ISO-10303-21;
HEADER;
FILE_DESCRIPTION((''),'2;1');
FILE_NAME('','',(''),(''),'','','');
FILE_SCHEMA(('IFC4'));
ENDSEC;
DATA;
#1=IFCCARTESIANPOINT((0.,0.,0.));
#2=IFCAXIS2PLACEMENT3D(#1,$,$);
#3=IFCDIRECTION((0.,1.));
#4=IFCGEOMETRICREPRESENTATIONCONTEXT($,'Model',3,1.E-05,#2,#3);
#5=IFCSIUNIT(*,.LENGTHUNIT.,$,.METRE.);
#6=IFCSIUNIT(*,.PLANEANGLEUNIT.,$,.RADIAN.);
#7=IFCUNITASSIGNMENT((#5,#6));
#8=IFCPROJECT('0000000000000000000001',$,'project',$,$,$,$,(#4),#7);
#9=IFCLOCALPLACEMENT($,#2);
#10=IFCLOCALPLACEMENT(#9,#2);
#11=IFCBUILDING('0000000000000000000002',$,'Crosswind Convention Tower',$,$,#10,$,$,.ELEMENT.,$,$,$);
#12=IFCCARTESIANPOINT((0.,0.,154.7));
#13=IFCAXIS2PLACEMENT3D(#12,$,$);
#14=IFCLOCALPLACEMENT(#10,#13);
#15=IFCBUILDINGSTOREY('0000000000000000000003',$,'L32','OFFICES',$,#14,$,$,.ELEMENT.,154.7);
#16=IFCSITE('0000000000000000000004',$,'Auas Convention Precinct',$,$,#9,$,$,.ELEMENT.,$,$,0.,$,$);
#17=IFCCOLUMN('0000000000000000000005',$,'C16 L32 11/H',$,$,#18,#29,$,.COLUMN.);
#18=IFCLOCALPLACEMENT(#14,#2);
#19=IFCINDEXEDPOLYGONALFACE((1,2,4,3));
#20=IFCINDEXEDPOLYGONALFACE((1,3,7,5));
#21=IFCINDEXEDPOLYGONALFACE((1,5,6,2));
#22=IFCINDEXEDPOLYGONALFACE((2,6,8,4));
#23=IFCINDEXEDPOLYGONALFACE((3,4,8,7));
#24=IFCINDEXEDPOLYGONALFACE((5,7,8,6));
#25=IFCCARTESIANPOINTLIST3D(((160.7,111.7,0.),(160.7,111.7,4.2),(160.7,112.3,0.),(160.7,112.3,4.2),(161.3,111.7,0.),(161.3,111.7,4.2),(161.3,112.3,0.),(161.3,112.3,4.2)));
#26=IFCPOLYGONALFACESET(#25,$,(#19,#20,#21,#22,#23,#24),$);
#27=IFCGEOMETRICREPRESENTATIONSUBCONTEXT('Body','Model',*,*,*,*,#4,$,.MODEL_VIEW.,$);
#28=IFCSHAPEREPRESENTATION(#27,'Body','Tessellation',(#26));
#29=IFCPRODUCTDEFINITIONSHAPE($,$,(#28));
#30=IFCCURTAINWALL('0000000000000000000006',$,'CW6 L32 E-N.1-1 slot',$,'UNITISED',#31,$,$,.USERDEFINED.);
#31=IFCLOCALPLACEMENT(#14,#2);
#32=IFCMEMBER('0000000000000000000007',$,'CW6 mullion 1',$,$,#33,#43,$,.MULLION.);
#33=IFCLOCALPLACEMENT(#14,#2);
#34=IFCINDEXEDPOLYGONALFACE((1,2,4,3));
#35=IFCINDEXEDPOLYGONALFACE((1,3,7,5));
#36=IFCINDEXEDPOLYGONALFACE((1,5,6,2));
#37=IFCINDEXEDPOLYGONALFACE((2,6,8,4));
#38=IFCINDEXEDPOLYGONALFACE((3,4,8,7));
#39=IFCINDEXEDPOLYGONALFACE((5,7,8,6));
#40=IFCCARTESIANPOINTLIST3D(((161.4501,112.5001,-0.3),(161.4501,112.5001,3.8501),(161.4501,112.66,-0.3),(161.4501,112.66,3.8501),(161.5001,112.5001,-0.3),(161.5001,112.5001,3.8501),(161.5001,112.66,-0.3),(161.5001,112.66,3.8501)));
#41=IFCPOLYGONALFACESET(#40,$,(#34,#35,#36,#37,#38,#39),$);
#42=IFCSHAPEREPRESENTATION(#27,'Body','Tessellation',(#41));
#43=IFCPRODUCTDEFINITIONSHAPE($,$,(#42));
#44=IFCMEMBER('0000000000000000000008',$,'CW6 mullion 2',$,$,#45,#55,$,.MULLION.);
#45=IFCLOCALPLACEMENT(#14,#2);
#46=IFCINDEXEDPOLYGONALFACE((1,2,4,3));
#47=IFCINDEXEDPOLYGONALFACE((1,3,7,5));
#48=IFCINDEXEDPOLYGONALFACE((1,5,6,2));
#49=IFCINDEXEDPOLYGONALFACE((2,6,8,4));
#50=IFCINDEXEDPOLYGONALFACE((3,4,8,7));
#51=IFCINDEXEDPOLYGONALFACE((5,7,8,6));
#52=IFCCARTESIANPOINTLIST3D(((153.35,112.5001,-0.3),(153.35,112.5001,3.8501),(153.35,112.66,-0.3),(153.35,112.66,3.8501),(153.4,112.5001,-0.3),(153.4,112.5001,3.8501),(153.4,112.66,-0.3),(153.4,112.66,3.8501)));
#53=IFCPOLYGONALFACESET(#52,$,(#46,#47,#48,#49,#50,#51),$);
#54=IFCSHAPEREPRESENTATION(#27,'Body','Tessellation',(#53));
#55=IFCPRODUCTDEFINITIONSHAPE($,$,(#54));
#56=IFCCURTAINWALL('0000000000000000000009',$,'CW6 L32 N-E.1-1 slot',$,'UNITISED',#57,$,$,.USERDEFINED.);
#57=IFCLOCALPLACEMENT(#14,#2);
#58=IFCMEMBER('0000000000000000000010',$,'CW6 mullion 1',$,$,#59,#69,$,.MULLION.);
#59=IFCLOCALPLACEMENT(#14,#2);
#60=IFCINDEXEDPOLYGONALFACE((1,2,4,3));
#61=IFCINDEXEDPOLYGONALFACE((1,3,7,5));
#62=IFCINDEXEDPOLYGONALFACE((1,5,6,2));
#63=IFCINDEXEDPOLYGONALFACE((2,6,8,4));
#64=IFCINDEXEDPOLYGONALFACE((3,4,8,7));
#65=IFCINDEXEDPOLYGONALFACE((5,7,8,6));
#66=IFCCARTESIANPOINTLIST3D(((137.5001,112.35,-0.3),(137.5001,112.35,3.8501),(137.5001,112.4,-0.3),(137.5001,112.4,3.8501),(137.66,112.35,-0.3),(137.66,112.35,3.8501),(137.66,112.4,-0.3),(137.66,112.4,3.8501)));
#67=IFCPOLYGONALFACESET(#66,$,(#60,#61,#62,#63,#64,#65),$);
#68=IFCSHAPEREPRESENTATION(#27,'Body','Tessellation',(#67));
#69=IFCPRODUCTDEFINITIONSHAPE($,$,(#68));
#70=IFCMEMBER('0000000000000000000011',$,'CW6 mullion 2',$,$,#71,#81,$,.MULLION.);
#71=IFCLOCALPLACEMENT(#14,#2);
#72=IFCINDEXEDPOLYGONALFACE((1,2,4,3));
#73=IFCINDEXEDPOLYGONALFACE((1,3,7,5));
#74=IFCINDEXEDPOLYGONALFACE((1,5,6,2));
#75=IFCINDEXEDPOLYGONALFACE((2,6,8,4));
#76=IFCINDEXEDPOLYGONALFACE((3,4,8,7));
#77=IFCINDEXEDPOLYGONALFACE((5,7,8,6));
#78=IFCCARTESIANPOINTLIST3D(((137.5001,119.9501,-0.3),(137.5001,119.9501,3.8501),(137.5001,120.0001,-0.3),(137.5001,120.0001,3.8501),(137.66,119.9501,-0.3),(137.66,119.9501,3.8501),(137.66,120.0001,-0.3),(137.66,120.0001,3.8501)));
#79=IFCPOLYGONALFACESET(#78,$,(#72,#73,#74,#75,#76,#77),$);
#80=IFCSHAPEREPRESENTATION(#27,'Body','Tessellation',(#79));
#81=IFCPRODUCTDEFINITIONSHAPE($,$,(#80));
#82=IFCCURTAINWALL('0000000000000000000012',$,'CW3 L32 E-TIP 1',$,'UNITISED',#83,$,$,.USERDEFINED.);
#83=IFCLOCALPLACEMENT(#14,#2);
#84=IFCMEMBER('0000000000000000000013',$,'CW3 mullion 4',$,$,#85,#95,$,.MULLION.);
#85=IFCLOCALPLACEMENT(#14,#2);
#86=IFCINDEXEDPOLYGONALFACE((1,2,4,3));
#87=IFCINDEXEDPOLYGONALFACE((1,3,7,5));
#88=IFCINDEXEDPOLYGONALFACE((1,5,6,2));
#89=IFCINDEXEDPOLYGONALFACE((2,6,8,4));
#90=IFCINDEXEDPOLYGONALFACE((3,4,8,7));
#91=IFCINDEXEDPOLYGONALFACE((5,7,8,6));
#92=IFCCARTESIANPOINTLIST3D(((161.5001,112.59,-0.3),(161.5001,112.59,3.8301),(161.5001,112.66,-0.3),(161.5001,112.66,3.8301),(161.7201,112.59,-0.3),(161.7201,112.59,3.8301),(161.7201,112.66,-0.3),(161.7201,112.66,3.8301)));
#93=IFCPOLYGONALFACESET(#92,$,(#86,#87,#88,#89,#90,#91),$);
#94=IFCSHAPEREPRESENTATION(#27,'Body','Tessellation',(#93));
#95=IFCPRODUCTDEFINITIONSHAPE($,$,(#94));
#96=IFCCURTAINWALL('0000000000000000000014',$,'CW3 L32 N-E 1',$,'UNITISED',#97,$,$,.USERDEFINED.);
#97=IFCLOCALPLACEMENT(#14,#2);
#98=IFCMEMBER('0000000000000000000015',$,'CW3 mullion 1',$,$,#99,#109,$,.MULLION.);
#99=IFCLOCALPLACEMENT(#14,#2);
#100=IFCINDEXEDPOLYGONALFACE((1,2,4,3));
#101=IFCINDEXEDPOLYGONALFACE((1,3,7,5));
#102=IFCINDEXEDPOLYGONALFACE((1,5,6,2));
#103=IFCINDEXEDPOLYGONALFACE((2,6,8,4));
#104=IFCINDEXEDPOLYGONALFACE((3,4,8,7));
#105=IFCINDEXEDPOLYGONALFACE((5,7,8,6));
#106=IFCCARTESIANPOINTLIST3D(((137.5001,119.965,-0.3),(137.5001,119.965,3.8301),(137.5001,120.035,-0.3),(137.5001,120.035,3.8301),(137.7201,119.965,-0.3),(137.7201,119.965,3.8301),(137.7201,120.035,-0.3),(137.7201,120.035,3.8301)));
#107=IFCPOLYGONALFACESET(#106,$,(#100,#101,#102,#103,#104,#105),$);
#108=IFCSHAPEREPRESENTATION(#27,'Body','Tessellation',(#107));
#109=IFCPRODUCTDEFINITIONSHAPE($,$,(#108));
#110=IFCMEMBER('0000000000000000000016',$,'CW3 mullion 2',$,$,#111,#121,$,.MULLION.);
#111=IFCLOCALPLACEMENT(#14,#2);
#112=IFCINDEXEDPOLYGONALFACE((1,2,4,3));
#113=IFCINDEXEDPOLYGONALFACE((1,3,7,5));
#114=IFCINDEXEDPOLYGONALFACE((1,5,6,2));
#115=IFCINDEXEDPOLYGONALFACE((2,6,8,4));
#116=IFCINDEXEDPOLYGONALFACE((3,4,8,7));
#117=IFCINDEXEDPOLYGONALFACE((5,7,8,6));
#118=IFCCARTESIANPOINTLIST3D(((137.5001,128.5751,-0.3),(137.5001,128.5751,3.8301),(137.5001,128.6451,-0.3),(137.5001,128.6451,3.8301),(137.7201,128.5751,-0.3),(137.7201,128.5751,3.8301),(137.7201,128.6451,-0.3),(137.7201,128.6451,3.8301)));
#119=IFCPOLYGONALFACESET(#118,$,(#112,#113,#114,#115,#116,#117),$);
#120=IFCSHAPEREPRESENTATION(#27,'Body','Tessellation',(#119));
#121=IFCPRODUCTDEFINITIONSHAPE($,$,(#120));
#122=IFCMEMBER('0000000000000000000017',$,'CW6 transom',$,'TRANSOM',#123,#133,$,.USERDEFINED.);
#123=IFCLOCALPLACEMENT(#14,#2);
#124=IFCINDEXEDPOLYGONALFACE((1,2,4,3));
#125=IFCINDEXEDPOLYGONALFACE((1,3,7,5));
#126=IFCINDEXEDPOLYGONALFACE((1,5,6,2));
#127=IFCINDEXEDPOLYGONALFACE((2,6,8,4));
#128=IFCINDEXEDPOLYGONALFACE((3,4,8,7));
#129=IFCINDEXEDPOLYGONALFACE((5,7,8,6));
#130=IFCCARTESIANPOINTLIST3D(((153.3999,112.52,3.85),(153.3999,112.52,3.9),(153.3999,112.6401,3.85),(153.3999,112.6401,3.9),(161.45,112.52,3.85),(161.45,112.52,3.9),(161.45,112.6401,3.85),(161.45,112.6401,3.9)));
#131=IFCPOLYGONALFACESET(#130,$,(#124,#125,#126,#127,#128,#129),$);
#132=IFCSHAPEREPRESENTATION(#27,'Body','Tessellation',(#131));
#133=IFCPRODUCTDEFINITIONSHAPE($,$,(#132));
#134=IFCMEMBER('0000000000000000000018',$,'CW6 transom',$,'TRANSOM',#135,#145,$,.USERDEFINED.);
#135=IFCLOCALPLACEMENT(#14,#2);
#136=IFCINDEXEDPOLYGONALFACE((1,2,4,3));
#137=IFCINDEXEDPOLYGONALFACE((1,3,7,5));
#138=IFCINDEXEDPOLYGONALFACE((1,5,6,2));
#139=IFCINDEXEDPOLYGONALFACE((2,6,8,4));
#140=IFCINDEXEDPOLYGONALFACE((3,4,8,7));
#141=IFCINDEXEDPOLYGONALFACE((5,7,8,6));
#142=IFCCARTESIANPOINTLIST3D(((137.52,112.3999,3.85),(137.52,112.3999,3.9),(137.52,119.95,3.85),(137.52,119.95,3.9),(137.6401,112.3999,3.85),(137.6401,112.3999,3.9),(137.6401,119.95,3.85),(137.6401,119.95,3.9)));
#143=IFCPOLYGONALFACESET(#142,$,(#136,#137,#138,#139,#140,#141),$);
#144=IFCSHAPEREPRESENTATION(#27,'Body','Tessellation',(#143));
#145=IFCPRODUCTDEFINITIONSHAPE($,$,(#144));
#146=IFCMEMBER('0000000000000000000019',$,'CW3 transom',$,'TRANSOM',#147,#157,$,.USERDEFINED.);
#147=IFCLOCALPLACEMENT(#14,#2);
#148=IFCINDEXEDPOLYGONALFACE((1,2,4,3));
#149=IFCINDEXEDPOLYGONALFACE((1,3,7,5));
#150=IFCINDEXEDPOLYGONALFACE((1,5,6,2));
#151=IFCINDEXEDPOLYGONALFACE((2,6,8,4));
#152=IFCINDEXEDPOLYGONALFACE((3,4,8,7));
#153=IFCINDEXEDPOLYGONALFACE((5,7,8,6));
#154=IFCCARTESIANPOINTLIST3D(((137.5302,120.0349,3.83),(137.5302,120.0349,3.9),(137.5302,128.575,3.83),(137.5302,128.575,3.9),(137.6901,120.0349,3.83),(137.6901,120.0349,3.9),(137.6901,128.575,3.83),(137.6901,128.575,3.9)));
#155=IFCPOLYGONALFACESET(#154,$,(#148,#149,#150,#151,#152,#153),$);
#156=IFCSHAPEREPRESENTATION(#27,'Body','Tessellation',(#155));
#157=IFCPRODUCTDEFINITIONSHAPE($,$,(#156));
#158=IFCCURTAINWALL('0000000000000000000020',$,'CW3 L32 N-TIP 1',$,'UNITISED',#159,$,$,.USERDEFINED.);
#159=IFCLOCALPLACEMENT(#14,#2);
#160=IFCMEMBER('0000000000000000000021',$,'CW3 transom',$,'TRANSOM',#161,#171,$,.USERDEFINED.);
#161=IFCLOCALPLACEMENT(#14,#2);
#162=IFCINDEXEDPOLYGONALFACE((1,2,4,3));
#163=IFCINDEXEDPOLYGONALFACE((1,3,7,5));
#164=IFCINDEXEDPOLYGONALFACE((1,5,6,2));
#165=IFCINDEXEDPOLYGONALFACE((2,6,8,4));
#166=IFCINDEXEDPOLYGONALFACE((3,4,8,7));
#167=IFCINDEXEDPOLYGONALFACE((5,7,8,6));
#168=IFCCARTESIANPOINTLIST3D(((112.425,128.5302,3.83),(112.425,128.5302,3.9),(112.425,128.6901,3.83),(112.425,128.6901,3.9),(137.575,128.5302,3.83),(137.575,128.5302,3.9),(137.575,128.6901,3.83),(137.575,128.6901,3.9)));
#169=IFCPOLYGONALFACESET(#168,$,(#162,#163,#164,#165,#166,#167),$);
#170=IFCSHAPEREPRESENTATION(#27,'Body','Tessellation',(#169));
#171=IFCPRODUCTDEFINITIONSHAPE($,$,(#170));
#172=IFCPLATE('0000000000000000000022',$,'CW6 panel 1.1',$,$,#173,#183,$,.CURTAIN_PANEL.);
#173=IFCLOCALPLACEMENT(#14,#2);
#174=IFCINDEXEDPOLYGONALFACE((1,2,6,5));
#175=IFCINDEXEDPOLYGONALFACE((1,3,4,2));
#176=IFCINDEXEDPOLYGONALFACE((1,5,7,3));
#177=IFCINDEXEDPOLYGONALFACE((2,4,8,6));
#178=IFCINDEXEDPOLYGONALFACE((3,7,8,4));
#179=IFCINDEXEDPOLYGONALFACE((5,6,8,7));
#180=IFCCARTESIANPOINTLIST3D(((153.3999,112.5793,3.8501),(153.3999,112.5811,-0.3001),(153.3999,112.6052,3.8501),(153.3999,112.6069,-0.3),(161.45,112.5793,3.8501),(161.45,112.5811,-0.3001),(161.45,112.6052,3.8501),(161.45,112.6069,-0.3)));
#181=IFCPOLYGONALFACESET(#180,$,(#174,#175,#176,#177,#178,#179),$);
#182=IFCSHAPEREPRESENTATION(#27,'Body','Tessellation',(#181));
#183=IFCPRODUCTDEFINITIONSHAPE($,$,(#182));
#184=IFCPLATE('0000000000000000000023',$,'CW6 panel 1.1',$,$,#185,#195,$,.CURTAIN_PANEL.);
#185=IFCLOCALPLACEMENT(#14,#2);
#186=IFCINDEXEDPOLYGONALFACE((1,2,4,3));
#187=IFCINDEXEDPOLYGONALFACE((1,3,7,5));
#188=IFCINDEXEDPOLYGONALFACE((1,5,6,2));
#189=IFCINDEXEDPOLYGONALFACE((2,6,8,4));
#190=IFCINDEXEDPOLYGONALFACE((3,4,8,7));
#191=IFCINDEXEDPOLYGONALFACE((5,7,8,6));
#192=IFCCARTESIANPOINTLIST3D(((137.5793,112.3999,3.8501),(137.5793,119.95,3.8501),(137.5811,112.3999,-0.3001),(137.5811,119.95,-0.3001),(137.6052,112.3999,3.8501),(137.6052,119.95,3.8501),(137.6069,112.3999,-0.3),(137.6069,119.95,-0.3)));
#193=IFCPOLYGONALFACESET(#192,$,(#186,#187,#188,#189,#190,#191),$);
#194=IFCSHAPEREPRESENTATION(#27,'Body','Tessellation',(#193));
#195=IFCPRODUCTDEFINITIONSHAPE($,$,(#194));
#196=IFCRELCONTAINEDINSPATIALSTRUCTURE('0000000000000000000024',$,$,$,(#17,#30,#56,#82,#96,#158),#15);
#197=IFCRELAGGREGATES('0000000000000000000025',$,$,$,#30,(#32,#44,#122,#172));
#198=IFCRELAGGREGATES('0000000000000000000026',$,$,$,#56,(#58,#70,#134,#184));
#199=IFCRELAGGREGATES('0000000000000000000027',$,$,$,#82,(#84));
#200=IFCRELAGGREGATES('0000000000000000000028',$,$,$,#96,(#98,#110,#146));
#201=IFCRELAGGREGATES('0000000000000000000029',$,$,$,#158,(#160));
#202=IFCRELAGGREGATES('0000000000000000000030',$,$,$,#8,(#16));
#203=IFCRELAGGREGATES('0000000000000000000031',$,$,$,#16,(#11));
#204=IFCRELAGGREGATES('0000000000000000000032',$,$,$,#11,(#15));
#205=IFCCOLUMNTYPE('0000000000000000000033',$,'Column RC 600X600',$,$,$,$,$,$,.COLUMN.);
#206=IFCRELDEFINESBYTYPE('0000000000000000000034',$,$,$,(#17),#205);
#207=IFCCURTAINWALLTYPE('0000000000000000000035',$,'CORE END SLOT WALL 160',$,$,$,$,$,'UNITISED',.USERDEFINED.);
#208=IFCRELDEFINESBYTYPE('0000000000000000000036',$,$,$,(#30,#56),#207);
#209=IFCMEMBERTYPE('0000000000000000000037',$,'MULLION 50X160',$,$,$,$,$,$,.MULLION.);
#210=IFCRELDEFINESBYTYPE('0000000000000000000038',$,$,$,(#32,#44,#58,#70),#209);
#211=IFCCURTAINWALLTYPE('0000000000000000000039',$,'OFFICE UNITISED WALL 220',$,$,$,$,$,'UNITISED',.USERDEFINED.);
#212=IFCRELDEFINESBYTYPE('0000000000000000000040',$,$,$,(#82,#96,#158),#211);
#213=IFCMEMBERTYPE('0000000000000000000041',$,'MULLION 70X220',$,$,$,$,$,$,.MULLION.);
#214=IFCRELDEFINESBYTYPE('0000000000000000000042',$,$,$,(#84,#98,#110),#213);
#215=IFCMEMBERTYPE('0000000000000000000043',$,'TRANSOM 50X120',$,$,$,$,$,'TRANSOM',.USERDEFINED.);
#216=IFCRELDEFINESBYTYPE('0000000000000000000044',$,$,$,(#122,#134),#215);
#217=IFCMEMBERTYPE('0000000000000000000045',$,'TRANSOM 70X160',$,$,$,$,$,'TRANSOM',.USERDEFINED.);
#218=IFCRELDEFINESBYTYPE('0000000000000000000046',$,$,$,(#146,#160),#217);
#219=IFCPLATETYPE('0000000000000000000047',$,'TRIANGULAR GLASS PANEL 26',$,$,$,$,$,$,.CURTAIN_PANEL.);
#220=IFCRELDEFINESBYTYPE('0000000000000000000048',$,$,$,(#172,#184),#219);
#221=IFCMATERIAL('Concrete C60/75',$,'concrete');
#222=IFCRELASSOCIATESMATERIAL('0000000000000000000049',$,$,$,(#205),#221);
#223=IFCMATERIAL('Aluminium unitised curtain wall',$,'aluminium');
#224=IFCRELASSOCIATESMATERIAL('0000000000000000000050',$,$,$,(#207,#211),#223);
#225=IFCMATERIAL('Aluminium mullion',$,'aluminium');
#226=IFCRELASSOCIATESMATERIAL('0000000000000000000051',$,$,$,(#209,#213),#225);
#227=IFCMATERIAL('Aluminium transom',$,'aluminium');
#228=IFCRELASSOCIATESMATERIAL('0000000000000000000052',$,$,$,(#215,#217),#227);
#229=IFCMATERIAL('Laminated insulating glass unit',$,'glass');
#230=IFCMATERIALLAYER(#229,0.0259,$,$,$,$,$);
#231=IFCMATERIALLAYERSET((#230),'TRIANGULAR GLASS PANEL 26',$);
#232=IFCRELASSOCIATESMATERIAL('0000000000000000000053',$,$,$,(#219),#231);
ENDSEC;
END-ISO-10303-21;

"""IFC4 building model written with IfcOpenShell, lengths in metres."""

from ifc_helpers import new_model, si_unit, direction, frame, origin, origin_2d, place, context, subcontext, project, spatial, polyline, rectangle, outline, extrude, material, layer, layer_set, material_profile, profile_set, type_object, element, aggregate, save


model = new_model("IFC4")

# Units and contexts
model_context = context("Model", 3, precision=1e-05, world=origin(), true_north=direction((0.0, 1.0)))
body_context = subcontext(model_context, "Body", "Model", "MODEL_VIEW")
ifc_project = project(units=[si_unit("LENGTHUNIT", "METRE"), si_unit("PLANEANGLEUNIT", "RADIAN")], contexts=[model_context])

# Site, building, storey
site_placement = place(None, origin())
site = spatial("IfcSite", under=ifc_project, at=site_placement, Name="Auas Convention Precinct", CompositionType="ELEMENT", RefElevation=0.0)
building_placement = place(site_placement, origin())
building = spatial("IfcBuilding", under=site, at=building_placement, Name="Crosswind Convention Tower", CompositionType="ELEMENT")
storey_placement = place(building_placement, frame((0.0, 0.0, 154.7)))
storey = spatial("IfcBuildingStorey", under=building, at=storey_placement, Name="L32", Description="OFFICES", CompositionType="ELEMENT", Elevation=154.7)

# Column
ifc_material_1 = material(Name="Concrete C60/75", Category="concrete")
ifc_material_profile_1 = material_profile(ifc_material_1, rectangle(XDim=0.6001, YDim=0.6001, at=origin_2d()), Name="RC 600X600")
ifc_profile_set_1 = profile_set([ifc_material_profile_1], Name="Concrete C60/75")
column_type = type_object("IfcColumnType", Name="Column RC 600X600", PredefinedType="COLUMN", material=ifc_profile_set_1)
column_placement = place(storey_placement, frame((161.0, 112.0, 0.0), z_axis=(0.0, 0.0, 1.0), x_axis=(1.0, 0.0, 0.0)))
element("IfcColumn", 1, at=column_placement, inside=storey, type_object=column_type, Name="C16 L32 11/H", PredefinedType="COLUMN", context=body_context, shape_type="SweptSolid", body=[
    extrude(rectangle(XDim=0.6001, YDim=0.6001, at=origin_2d()), origin(), (0.0, 0.0, 1.0), 4.2),
])

# Curtain walls, members
ifc_material_2 = material(Name="Aluminium unitised curtain wall", Category="aluminium")
curtain_wall_type_1 = type_object("IfcCurtainWallType", Name="CORE END SLOT WALL 160", ElementType="UNITISED", PredefinedType="USERDEFINED", material=ifc_material_2)
curtain_wall_1_placement = place(storey_placement, origin())
curtain_wall_1 = element("IfcCurtainWall", 2, at=curtain_wall_1_placement, inside=storey, type_object=curtain_wall_type_1, Name="CW6 L32 E-N.1-1 slot", ObjectType="UNITISED", PredefinedType="USERDEFINED")
ifc_material_3 = material(Name="Aluminium mullion", Category="aluminium")
ifc_material_profile_2 = material_profile(ifc_material_3, rectangle(XDim=0.1599, YDim=0.05, at=origin_2d()), Name="AL 160X50")
ifc_profile_set_2 = profile_set([ifc_material_profile_2], Name="Aluminium mullion")
member_type_1 = type_object("IfcMemberType", Name="MULLION 50X160", PredefinedType="MULLION", material=ifc_profile_set_2)
member_1_placement = place(storey_placement, frame((161.4751, 112.5801, -0.3), z_axis=(0.0, 0.0, 1.0), x_axis=(0.0, 1.0, 0.0)))
member_1 = element("IfcMember", 3, at=member_1_placement, type_object=member_type_1, Name="CW6 mullion 1", PredefinedType="MULLION", context=body_context, shape_type="SweptSolid", body=[
    extrude(rectangle(XDim=0.1599, YDim=0.05, at=origin_2d()), origin(), (0.0, 0.0, 1.0), 4.1501),
])
member_2_placement = place(storey_placement, frame((153.375, 112.5801, -0.3), z_axis=(0.0, 0.0, 1.0), x_axis=(0.0, 1.0, 0.0)))
member_2 = element("IfcMember", 4, at=member_2_placement, type_object=member_type_1, Name="CW6 mullion 2", PredefinedType="MULLION", context=body_context, shape_type="SweptSolid", body=[
    extrude(rectangle(XDim=0.1599, YDim=0.05, at=origin_2d()), origin(), (0.0, 0.0, 1.0), 4.1501),
])
curtain_wall_2_placement = place(storey_placement, origin())
curtain_wall_2 = element("IfcCurtainWall", 5, at=curtain_wall_2_placement, inside=storey, type_object=curtain_wall_type_1, Name="CW6 L32 N-E.1-1 slot", ObjectType="UNITISED", PredefinedType="USERDEFINED")
member_3_placement = place(storey_placement, frame((137.5801, 112.375, -0.3), z_axis=(0.0, 0.0, 1.0), x_axis=(1.0, 0.0, 0.0)))
member_3 = element("IfcMember", 6, at=member_3_placement, type_object=member_type_1, Name="CW6 mullion 1", PredefinedType="MULLION", context=body_context, shape_type="SweptSolid", body=[
    extrude(rectangle(XDim=0.1599, YDim=0.05, at=origin_2d()), origin(), (0.0, 0.0, 1.0), 4.1501),
])
member_4_placement = place(storey_placement, frame((137.5801, 119.9751, -0.3), z_axis=(0.0, 0.0, 1.0), x_axis=(1.0, 0.0, 0.0)))
member_4 = element("IfcMember", 7, at=member_4_placement, type_object=member_type_1, Name="CW6 mullion 2", PredefinedType="MULLION", context=body_context, shape_type="SweptSolid", body=[
    extrude(rectangle(XDim=0.1599, YDim=0.05, at=origin_2d()), origin(), (0.0, 0.0, 1.0), 4.1501),
])

# Curtain wall, member
curtain_wall_type_2 = type_object("IfcCurtainWallType", Name="OFFICE UNITISED WALL 220", ElementType="UNITISED", PredefinedType="USERDEFINED", material=ifc_material_2)
curtain_wall_3_placement = place(storey_placement, origin())
curtain_wall_3 = element("IfcCurtainWall", 8, at=curtain_wall_3_placement, inside=storey, type_object=curtain_wall_type_2, Name="CW3 L32 E-TIP 1", ObjectType="UNITISED", PredefinedType="USERDEFINED")
ifc_material_profile_3 = material_profile(ifc_material_3, rectangle(XDim=0.22, YDim=0.0701, at=origin_2d()), Name="AL 220X70")
ifc_profile_set_3 = profile_set([ifc_material_profile_3], Name="Aluminium mullion")
member_type_2 = type_object("IfcMemberType", Name="MULLION 70X220", PredefinedType="MULLION", material=ifc_profile_set_3)
member_5_placement = place(storey_placement, frame((161.6101, 112.625, -0.3), z_axis=(0.0, 0.0, 1.0), x_axis=(1.0, 0.0, 0.0)))
member_5 = element("IfcMember", 9, at=member_5_placement, type_object=member_type_2, Name="CW3 mullion 4", PredefinedType="MULLION", context=body_context, shape_type="SweptSolid", body=[
    extrude(rectangle(XDim=0.22, YDim=0.0701, at=origin_2d()), origin(), (0.0, 0.0, 1.0), 4.1301),
])

# Curtain wall, members
curtain_wall_4_placement = place(storey_placement, origin())
curtain_wall_4 = element("IfcCurtainWall", 10, at=curtain_wall_4_placement, inside=storey, type_object=curtain_wall_type_2, Name="CW3 L32 N-E 1", ObjectType="UNITISED", PredefinedType="USERDEFINED")
member_6_placement = place(storey_placement, frame((137.6101, 120.0, -0.3), z_axis=(0.0, 0.0, 1.0), x_axis=(1.0, 0.0, 0.0)))
member_6 = element("IfcMember", 11, at=member_6_placement, type_object=member_type_2, Name="CW3 mullion 1", PredefinedType="MULLION", context=body_context, shape_type="SweptSolid", body=[
    extrude(rectangle(XDim=0.22, YDim=0.0701, at=origin_2d()), origin(), (0.0, 0.0, 1.0), 4.1301),
])
member_7_placement = place(storey_placement, frame((137.6101, 128.6101, -0.3), z_axis=(0.0, 0.0, 1.0), x_axis=(1.0, 0.0, 0.0)))
member_7 = element("IfcMember", 12, at=member_7_placement, type_object=member_type_2, Name="CW3 mullion 2", PredefinedType="MULLION", context=body_context, shape_type="SweptSolid", body=[
    extrude(rectangle(XDim=0.22, YDim=0.0701, at=origin_2d()), origin(), (0.0, 0.0, 1.0), 4.1301),
])

# Members
ifc_material_4 = material(Name="Aluminium transom", Category="aluminium")
ifc_material_profile_4 = material_profile(ifc_material_4, rectangle(XDim=0.1201, YDim=0.05, at=origin_2d()), Name="AL 120X50")
ifc_profile_set_4 = profile_set([ifc_material_profile_4], Name="Aluminium transom")
member_type_3 = type_object("IfcMemberType", Name="TRANSOM 50X120", ElementType="TRANSOM", PredefinedType="USERDEFINED", material=ifc_profile_set_4)
member_8_placement = place(storey_placement, frame((161.45, 112.5801, 3.875), z_axis=(-1.0, 0.0, 0.0), x_axis=(0.0, -1.0, 0.0)))
member_8 = element("IfcMember", 13, at=member_8_placement, type_object=member_type_3, Name="CW6 transom", ObjectType="TRANSOM", PredefinedType="USERDEFINED", context=body_context, shape_type="SweptSolid", body=[
    extrude(rectangle(XDim=0.1201, YDim=0.05, at=origin_2d()), origin(), (0.0, 0.0, 1.0), 8.05),
])
member_9_placement = place(storey_placement, frame((137.5801, 112.3999, 3.875), z_axis=(0.0, 1.0, 0.0), x_axis=(-1.0, 0.0, 0.0)))
member_9 = element("IfcMember", 14, at=member_9_placement, type_object=member_type_3, Name="CW6 transom", ObjectType="TRANSOM", PredefinedType="USERDEFINED", context=body_context, shape_type="SweptSolid", body=[
    extrude(rectangle(XDim=0.1201, YDim=0.05, at=origin_2d()), origin(), (0.0, 0.0, 1.0), 7.55),
])
ifc_material_profile_5 = material_profile(ifc_material_4, rectangle(XDim=0.1599, YDim=0.0701, at=origin_2d()), Name="AL 160X70")
ifc_profile_set_5 = profile_set([ifc_material_profile_5], Name="Aluminium transom")
member_type_4 = type_object("IfcMemberType", Name="TRANSOM 70X160", ElementType="TRANSOM", PredefinedType="USERDEFINED", material=ifc_profile_set_5)
member_10_placement = place(storey_placement, frame((137.6101, 120.0349, 3.865), z_axis=(0.0, 1.0, 0.0), x_axis=(-1.0, 0.0, 0.0)))
member_10 = element("IfcMember", 15, at=member_10_placement, type_object=member_type_4, Name="CW3 transom", ObjectType="TRANSOM", PredefinedType="USERDEFINED", context=body_context, shape_type="SweptSolid", body=[
    extrude(rectangle(XDim=0.1599, YDim=0.0701, at=origin_2d()), origin(), (0.0, 0.0, 1.0), 8.54),
])

# Curtain wall, member
curtain_wall_5_placement = place(storey_placement, origin())
curtain_wall_5 = element("IfcCurtainWall", 16, at=curtain_wall_5_placement, inside=storey, type_object=curtain_wall_type_2, Name="CW3 L32 N-TIP 1", ObjectType="UNITISED", PredefinedType="USERDEFINED")
member_11_placement = place(storey_placement, frame((137.575, 128.6101, 3.865), z_axis=(-1.0, 0.0, 0.0), x_axis=(0.0, -1.0, 0.0)))
member_11 = element("IfcMember", 17, at=member_11_placement, type_object=member_type_4, Name="CW3 transom", ObjectType="TRANSOM", PredefinedType="USERDEFINED", context=body_context, shape_type="SweptSolid", body=[
    extrude(rectangle(XDim=0.1599, YDim=0.0701, at=origin_2d()), origin(), (0.0, 0.0, 1.0), 25.1499),
])

# Plates
ifc_material_5 = material(Name="Laminated insulating glass unit", Category="glass")
ifc_layer_1 = layer(ifc_material_5, 0.0259)
ifc_layer_set_1 = layer_set([ifc_layer_1], Name="TRIANGULAR GLASS PANEL 26")
plate_type_1 = type_object("IfcPlateType", Name="TRIANGULAR GLASS PANEL 26", PredefinedType="CURTAIN_PANEL", material=ifc_layer_set_1)
plate_1_placement = place(storey_placement, frame((161.45, 112.6069, -0.3), z_axis=(0.0, 1.0, 0.000412), x_axis=(-1.0, 0.0, 0.0)))
plate_1 = element("IfcPlate", 18, at=plate_1_placement, type_object=plate_type_1, Name="CW6 panel 1.1", PredefinedType="CURTAIN_PANEL", context=body_context, shape_type="SweptSolid", body=[
    extrude(outline(polyline([(0.0, 0.0), (8.05, 0.0), (8.05, 4.1501), (0.0, 4.1501), (0.0, 0.0)])), origin(), (0.0, 0.0, -1.0), 0.0259),
])
aggregate(curtain_wall_1, [member_1, member_2, member_8, plate_1])
plate_2_placement = place(storey_placement, frame((137.6069, 112.3999, -0.3), z_axis=(1.0, 0.0, 0.000412), x_axis=(0.0, 1.0, 0.0)))
plate_2 = element("IfcPlate", 19, at=plate_2_placement, type_object=plate_type_1, Name="CW6 panel 1.1", PredefinedType="CURTAIN_PANEL", context=body_context, shape_type="SweptSolid", body=[
    extrude(outline(polyline([(0.0, 0.0), (7.55, 0.0), (7.55, 4.1501), (0.0, 4.1501), (0.0, 0.0)])), origin(), (0.0, 0.0, -1.0), 0.0259),
])
aggregate(curtain_wall_2, [member_3, member_4, member_9, plate_2])
aggregate(curtain_wall_3, [member_5])

aggregate(curtain_wall_4, [member_6, member_7, member_10])
aggregate(curtain_wall_5, [member_11])

save(model, "model.ifc")
